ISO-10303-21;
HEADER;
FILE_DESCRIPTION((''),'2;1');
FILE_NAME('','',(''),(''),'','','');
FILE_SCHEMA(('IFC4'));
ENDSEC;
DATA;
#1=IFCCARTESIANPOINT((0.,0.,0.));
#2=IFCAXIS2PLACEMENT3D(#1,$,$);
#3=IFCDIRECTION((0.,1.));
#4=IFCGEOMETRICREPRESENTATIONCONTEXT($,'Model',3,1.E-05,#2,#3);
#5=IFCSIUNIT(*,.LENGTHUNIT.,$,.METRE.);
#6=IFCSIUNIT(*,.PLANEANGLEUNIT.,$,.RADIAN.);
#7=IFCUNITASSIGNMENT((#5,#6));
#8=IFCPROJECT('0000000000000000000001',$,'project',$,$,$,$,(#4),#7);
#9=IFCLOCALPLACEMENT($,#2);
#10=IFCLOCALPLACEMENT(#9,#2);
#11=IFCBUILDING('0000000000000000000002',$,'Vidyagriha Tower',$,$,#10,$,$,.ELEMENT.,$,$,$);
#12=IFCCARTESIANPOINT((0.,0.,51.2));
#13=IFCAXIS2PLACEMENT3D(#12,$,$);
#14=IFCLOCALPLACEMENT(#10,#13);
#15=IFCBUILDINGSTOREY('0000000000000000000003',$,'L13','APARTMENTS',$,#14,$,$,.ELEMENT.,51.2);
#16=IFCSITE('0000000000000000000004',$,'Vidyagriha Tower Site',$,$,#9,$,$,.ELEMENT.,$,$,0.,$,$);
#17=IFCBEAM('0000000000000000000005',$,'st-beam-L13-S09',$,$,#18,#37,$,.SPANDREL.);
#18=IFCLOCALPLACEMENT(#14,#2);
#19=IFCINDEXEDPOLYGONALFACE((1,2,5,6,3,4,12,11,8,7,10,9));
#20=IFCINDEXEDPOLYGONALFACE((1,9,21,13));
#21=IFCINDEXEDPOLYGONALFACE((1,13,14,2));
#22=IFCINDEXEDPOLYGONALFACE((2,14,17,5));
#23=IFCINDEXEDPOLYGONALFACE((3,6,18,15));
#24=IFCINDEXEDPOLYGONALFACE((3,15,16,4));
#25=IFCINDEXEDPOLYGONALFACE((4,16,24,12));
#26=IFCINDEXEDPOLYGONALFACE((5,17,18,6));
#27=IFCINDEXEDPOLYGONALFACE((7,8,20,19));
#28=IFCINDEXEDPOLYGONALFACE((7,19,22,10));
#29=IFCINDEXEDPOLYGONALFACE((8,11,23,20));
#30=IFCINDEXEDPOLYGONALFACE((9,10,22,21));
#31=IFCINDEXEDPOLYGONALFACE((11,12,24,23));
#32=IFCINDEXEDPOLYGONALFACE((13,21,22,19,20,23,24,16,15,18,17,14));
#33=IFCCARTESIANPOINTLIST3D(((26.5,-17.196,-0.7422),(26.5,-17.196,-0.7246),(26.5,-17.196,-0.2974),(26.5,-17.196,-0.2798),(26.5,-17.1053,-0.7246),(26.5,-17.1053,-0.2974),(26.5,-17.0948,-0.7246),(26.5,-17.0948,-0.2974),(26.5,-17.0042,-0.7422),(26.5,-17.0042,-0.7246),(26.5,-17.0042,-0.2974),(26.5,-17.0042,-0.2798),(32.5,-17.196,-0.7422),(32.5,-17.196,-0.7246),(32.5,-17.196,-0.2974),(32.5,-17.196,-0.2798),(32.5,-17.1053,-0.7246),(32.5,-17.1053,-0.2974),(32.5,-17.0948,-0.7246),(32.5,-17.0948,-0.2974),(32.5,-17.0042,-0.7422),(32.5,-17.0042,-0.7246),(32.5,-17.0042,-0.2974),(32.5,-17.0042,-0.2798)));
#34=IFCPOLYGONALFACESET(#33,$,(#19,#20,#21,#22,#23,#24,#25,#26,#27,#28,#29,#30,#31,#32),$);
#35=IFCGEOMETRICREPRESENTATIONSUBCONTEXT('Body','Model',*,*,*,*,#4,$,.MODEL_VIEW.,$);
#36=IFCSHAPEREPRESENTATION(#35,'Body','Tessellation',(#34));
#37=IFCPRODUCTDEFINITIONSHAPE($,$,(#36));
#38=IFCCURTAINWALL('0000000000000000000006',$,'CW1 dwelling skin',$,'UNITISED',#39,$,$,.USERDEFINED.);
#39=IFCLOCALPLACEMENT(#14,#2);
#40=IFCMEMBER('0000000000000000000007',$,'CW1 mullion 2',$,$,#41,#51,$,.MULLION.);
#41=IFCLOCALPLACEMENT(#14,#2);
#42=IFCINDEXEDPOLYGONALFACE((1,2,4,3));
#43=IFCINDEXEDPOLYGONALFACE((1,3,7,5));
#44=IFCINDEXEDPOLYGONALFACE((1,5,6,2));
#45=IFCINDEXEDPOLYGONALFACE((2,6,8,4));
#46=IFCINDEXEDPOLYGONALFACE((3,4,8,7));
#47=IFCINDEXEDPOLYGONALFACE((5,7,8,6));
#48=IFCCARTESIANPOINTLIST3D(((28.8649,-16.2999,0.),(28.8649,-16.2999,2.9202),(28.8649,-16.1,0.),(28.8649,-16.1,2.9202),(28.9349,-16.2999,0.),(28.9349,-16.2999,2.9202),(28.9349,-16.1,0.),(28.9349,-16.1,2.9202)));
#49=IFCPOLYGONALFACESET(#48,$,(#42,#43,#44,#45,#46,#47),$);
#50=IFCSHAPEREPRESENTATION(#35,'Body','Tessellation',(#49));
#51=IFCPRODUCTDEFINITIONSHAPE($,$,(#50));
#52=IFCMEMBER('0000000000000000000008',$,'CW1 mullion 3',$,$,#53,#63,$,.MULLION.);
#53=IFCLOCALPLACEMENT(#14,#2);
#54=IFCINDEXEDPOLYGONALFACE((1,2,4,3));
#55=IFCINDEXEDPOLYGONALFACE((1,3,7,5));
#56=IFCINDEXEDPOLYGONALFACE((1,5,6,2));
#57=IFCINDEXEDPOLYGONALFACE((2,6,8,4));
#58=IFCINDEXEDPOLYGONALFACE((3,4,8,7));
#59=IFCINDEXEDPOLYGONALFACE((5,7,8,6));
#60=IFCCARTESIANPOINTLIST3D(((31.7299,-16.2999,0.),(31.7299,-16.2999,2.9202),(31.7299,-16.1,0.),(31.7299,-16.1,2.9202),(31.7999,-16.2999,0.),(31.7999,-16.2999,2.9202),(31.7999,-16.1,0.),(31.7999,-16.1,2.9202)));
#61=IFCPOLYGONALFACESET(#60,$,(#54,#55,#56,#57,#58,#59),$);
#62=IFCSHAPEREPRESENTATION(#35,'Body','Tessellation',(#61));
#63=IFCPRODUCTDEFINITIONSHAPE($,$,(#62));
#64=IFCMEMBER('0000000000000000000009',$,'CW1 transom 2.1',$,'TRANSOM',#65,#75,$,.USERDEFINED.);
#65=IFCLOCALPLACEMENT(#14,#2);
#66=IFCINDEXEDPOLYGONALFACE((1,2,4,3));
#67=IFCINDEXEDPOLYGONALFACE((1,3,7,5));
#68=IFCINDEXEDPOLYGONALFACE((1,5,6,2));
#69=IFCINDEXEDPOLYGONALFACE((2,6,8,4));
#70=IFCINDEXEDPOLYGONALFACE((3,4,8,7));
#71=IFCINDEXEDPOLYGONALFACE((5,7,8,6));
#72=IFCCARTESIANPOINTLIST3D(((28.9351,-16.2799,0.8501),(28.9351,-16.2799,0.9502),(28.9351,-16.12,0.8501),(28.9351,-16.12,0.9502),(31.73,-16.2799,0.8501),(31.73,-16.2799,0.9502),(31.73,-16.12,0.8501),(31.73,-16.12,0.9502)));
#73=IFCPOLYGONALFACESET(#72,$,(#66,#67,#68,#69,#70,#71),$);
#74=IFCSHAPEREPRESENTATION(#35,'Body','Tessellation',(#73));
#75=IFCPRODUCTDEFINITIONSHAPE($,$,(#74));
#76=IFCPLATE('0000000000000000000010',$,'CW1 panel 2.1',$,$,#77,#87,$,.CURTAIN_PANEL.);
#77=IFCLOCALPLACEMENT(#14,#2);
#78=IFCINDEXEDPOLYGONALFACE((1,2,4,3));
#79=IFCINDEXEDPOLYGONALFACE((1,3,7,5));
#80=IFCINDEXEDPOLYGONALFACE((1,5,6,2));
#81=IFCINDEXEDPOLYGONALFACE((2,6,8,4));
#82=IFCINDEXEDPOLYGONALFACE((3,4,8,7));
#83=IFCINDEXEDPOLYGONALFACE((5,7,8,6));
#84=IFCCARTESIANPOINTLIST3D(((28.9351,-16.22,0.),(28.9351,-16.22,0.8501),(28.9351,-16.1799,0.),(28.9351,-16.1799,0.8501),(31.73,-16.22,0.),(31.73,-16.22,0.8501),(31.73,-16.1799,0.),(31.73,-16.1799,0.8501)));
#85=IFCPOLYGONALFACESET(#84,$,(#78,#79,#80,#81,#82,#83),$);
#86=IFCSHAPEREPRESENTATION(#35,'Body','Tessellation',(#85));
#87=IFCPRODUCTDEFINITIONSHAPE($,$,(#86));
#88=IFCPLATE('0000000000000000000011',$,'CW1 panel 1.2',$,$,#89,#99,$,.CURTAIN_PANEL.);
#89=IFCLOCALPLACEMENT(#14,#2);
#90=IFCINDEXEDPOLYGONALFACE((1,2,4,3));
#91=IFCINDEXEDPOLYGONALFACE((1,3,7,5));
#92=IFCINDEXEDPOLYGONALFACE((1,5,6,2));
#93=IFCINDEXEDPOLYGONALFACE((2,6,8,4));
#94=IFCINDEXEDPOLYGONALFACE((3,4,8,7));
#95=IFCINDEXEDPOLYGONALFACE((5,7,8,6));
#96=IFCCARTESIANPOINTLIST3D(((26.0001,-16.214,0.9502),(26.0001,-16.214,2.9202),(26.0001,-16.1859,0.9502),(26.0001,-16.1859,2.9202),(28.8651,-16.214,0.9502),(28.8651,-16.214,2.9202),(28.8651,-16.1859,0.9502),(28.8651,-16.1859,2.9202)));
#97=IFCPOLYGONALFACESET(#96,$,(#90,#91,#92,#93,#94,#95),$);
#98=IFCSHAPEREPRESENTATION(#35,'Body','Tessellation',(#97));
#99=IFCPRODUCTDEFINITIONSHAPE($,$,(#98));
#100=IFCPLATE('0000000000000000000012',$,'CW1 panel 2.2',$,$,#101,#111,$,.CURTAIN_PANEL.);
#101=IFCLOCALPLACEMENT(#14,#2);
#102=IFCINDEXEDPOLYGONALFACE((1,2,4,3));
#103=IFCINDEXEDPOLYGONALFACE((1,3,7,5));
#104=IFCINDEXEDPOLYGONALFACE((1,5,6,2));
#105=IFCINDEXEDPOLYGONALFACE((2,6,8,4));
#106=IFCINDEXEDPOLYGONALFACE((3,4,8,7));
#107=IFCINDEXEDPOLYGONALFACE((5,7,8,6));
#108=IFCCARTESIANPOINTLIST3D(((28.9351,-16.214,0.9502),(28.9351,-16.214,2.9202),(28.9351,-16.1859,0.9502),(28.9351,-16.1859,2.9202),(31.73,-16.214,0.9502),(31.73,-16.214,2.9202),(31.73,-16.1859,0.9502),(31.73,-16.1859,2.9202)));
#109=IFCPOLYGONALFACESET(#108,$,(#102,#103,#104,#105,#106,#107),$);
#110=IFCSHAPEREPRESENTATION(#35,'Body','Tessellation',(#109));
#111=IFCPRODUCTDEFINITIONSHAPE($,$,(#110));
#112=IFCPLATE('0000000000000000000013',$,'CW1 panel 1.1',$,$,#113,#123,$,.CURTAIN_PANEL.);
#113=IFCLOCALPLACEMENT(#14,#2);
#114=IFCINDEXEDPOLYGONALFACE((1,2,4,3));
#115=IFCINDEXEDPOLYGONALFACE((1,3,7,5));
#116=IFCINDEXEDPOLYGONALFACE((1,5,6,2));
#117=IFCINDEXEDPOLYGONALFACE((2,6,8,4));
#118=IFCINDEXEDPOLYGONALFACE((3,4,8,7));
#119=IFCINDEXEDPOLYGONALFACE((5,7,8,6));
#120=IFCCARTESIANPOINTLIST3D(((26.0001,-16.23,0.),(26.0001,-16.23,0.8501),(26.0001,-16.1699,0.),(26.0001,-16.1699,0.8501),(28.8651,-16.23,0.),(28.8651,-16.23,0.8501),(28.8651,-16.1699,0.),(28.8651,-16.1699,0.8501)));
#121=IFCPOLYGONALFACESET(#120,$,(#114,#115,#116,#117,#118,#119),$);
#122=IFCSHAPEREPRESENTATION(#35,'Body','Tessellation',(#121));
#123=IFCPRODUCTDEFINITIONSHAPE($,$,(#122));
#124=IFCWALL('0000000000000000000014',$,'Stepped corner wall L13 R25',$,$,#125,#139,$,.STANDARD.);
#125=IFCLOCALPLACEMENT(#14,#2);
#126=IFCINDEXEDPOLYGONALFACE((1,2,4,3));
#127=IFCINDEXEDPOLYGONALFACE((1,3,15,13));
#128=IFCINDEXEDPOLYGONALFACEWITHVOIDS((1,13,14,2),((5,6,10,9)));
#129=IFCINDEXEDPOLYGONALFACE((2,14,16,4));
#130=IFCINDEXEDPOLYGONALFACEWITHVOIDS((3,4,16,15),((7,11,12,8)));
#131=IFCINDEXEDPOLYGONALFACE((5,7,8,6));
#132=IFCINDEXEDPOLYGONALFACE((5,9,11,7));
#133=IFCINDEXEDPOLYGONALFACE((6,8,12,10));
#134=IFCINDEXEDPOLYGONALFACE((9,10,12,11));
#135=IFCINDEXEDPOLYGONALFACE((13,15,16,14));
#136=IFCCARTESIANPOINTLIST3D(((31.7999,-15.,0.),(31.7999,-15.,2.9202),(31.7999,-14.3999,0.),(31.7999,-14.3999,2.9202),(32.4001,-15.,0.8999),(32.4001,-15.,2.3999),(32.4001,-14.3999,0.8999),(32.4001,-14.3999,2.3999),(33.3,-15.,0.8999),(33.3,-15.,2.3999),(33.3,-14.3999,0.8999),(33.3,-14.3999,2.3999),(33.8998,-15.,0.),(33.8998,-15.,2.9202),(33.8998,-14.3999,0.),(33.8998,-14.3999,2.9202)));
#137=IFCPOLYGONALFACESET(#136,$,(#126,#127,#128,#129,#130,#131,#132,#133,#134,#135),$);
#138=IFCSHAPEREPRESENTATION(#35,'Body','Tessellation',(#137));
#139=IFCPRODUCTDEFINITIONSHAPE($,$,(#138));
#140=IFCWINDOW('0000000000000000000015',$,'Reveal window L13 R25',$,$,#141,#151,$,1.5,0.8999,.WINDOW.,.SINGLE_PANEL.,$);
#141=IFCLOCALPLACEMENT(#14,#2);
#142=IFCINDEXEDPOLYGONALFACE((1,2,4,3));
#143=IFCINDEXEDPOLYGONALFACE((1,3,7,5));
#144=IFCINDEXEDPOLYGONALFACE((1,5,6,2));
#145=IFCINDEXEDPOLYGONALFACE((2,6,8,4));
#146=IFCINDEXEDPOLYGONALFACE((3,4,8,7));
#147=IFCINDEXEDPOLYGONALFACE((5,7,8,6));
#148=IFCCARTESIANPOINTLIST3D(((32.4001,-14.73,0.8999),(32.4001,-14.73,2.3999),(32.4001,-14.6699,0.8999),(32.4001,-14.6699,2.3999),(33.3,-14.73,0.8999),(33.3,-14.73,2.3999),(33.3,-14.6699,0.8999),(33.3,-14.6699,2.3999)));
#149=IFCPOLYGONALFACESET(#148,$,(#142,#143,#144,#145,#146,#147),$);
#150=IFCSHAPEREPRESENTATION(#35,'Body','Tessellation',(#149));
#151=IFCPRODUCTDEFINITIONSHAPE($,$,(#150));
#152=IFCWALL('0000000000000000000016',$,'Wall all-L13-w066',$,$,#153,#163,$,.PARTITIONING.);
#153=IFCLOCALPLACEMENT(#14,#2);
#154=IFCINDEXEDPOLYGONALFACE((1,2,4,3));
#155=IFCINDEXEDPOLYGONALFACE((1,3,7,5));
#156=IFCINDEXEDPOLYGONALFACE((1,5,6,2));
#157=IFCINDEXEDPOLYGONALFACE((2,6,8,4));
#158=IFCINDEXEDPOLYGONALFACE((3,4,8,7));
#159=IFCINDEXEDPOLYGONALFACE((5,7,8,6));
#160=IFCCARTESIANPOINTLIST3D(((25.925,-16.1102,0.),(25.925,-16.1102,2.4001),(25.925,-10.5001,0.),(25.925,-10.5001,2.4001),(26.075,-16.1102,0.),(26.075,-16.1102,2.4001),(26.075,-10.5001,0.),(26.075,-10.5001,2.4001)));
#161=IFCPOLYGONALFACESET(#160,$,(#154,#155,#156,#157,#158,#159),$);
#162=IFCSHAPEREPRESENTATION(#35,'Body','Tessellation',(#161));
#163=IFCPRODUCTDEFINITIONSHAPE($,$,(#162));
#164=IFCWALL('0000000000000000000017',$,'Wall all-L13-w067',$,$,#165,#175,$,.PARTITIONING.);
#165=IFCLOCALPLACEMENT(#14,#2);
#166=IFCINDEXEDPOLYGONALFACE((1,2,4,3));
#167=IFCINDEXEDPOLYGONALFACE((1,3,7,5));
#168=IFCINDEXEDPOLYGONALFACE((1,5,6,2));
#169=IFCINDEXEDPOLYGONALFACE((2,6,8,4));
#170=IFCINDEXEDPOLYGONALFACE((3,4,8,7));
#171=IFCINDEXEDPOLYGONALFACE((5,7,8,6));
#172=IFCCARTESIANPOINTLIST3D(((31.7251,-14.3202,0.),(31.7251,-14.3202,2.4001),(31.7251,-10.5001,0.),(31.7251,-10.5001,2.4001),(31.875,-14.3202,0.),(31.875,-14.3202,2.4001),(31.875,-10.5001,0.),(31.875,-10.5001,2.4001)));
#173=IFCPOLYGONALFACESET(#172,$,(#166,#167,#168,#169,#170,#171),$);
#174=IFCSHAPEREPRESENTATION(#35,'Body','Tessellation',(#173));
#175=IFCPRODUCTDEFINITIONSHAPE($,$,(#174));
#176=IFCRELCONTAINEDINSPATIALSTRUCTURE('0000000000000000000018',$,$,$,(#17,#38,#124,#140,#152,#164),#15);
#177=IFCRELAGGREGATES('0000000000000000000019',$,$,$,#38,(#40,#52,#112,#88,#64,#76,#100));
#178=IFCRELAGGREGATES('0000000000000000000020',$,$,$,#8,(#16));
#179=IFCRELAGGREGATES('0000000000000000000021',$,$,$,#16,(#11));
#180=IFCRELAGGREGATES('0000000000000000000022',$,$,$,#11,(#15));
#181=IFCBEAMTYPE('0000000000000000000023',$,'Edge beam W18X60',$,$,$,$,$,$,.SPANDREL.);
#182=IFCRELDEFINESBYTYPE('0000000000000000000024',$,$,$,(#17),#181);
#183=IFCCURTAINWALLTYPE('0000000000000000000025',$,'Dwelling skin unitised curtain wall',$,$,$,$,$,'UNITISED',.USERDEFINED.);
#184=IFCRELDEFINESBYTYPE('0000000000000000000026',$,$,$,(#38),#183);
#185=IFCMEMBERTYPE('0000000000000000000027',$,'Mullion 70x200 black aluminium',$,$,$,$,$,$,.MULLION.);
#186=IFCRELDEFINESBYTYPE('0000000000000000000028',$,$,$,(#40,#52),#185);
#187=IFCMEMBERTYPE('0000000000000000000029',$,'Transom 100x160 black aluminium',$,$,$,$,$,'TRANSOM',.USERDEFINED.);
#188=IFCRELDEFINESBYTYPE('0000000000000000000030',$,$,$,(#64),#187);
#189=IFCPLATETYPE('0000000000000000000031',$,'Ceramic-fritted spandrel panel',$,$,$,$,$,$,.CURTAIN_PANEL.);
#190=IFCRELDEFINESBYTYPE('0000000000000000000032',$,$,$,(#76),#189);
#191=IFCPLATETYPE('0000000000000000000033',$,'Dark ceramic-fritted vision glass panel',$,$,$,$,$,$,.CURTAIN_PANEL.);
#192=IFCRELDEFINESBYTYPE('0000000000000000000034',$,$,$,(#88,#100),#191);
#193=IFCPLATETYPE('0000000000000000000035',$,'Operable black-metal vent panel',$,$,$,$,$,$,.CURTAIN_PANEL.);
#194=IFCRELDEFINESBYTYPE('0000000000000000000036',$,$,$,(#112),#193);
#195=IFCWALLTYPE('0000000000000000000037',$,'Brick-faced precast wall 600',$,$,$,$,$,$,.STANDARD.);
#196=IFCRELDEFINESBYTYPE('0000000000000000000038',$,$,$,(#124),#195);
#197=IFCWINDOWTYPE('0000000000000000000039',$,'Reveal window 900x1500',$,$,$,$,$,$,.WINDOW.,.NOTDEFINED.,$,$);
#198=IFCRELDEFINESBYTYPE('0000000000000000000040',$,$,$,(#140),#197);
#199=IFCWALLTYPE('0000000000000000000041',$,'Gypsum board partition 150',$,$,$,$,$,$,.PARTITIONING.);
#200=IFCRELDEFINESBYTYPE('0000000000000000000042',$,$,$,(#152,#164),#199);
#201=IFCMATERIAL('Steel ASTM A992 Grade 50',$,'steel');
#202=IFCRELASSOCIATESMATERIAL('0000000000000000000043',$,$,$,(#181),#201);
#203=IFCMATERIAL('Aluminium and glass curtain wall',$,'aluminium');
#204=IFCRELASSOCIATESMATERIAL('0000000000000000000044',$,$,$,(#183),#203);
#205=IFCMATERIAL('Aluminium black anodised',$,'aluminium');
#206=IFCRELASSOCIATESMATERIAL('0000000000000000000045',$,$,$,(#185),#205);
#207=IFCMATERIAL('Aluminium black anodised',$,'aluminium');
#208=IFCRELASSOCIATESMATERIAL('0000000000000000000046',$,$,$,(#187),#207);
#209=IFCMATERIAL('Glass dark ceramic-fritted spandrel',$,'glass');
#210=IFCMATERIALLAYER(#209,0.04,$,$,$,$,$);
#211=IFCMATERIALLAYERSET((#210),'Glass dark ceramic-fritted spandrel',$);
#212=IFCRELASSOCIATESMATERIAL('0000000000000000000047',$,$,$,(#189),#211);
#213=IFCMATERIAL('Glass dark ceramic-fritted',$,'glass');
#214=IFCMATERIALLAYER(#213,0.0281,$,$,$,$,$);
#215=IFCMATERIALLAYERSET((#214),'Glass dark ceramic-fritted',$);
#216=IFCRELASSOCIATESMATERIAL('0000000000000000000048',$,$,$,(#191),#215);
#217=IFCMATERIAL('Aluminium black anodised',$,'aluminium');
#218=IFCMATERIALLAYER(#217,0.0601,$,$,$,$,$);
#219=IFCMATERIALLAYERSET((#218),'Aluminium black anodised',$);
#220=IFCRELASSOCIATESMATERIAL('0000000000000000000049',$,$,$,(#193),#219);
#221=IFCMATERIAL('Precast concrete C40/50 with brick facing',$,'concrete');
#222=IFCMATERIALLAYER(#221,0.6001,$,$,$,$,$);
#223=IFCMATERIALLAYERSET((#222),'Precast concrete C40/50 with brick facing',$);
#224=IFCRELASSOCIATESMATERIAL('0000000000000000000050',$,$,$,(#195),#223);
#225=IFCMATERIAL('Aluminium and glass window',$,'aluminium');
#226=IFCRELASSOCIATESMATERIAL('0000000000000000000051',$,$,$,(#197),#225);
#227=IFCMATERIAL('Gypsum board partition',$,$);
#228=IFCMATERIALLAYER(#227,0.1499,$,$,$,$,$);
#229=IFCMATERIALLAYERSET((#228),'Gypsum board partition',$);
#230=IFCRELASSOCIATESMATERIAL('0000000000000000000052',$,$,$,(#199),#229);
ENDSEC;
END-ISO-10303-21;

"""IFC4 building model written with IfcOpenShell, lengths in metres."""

from ifc_helpers import new_model, si_unit, direction, frame, frame_2d, origin, origin_2d, place, context, subcontext, project, spatial, rectangle, i_section, extrude, material, layer, layer_set, material_profile, profile_set, type_object, element, fill, aggregate, save


model = new_model("IFC4")

# Units and contexts
model_context = context("Model", 3, precision=1e-05, world=origin(), true_north=direction((0.0, 1.0)))
body_context = subcontext(model_context, "Body", "Model", "MODEL_VIEW")
ifc_project = project(units=[si_unit("LENGTHUNIT", "METRE"), si_unit("PLANEANGLEUNIT", "RADIAN")], contexts=[model_context])

# Site, building, storey
site_placement = place(None, origin())
site = spatial("IfcSite", under=ifc_project, at=site_placement, Name="Vidyagriha Tower Site", CompositionType="ELEMENT", RefElevation=0.0)
building_placement = place(site_placement, origin())
building = spatial("IfcBuilding", under=site, at=building_placement, Name="Vidyagriha Tower", CompositionType="ELEMENT")
storey_placement = place(building_placement, frame((0.0, 0.0, 51.2)))
storey = spatial("IfcBuildingStorey", under=building, at=storey_placement, Name="L13", Description="APARTMENTS", CompositionType="ELEMENT", Elevation=51.2)

# Beam
ifc_material_1 = material(Name="Steel ASTM A992 Grade 50", Category="steel")
ifc_material_profile_1 = material_profile(ifc_material_1, i_section(OverallWidth=0.1919, OverallDepth=0.4624, WebThickness=0.0105, FlangeThickness=0.0176, at=origin_2d()), Name="W18X60")
ifc_profile_set_1 = profile_set([ifc_material_profile_1], Name="Steel ASTM A992 Grade 50")
beam_type = type_object("IfcBeamType", Name="Edge beam W18X60", PredefinedType="SPANDREL", material=ifc_profile_set_1)
beam_placement = place(storey_placement, frame((26.5, -17.1001, -0.511), z_axis=(1.0, 0.0, 0.0), x_axis=(0.0, 1.0, 0.0)))
element("IfcBeam", 1, at=beam_placement, inside=storey, type_object=beam_type, Name="st-beam-L13-S09", PredefinedType="SPANDREL", context=body_context, shape_type="SweptSolid", body=[
    extrude(i_section(OverallWidth=0.1919, OverallDepth=0.4624, WebThickness=0.0105, FlangeThickness=0.0176, at=origin_2d()), origin(), (0.0, 0.0, 1.0), 6.0),
])

# Curtain wall, members, plates
ifc_material_2 = material(Name="Aluminium and glass curtain wall", Category="aluminium")
curtain_wall_type = type_object("IfcCurtainWallType", Name="Dwelling skin unitised curtain wall", ElementType="UNITISED", PredefinedType="USERDEFINED", material=ifc_material_2)
curtain_wall_placement = place(storey_placement, origin())
curtain_wall = element("IfcCurtainWall", 2, at=curtain_wall_placement, inside=storey, type_object=curtain_wall_type, Name="CW1 dwelling skin", ObjectType="UNITISED", PredefinedType="USERDEFINED")
ifc_material_3 = material(Name="Aluminium black anodised", Category="aluminium")
ifc_material_profile_2 = material_profile(ifc_material_3, rectangle(XDim=0.2, YDim=0.0701, at=origin_2d()), Name="Mullion 70x200 black aluminium")
ifc_profile_set_2 = profile_set([ifc_material_profile_2], Name="Aluminium black anodised")
member_type_1 = type_object("IfcMemberType", Name="Mullion 70x200 black aluminium", PredefinedType="MULLION", material=ifc_profile_set_2)
member_1_placement = place(storey_placement, frame((28.8999, -16.2, 0.0), z_axis=(0.0, 0.0, 1.0), x_axis=(0.0, 1.0, 0.0)))
member_1 = element("IfcMember", 3, at=member_1_placement, type_object=member_type_1, Name="CW1 mullion 2", PredefinedType="MULLION", context=body_context, shape_type="SweptSolid", body=[
    extrude(rectangle(XDim=0.2, YDim=0.0701, at=origin_2d()), origin(), (0.0, 0.0, 1.0), 2.9202),
])
member_2_placement = place(storey_placement, frame((31.7649, -16.2, 0.0), z_axis=(0.0, 0.0, 1.0), x_axis=(0.0, 1.0, 0.0)))
member_2 = element("IfcMember", 4, at=member_2_placement, type_object=member_type_1, Name="CW1 mullion 3", PredefinedType="MULLION", context=body_context, shape_type="SweptSolid", body=[
    extrude(rectangle(XDim=0.2, YDim=0.0701, at=origin_2d()), origin(), (0.0, 0.0, 1.0), 2.9202),
])
ifc_material_4 = material(Name="Aluminium black anodised", Category="aluminium")
ifc_material_profile_3 = material_profile(ifc_material_4, rectangle(XDim=0.1599, YDim=0.1001, at=origin_2d()), Name="Transom 100x160 black aluminium")
ifc_profile_set_3 = profile_set([ifc_material_profile_3], Name="Aluminium black anodised")
member_type_2 = type_object("IfcMemberType", Name="Transom 100x160 black aluminium", ElementType="TRANSOM", PredefinedType="USERDEFINED", material=ifc_profile_set_3)
member_3_placement = place(storey_placement, frame((28.9351, -16.2, 0.9001), z_axis=(1.0, 0.0, 0.0), x_axis=(0.0, 1.0, 0.0)))
member_3 = element("IfcMember", 5, at=member_3_placement, type_object=member_type_2, Name="CW1 transom 2.1", ObjectType="TRANSOM", PredefinedType="USERDEFINED", context=body_context, shape_type="SweptSolid", body=[
    extrude(rectangle(XDim=0.1599, YDim=0.1001, at=origin_2d()), origin(), (0.0, 0.0, 1.0), 2.7949),
])
ifc_material_5 = material(Name="Glass dark ceramic-fritted spandrel", Category="glass")
ifc_layer_1 = layer(ifc_material_5, 0.04)
ifc_layer_set_1 = layer_set([ifc_layer_1], Name="Glass dark ceramic-fritted spandrel")
plate_type_1 = type_object("IfcPlateType", Name="Ceramic-fritted spandrel panel", PredefinedType="CURTAIN_PANEL", material=ifc_layer_set_1)
plate_1_placement = place(storey_placement, frame((30.3325, -16.2, 0.0)))
plate_1 = element("IfcPlate", 6, at=plate_1_placement, type_object=plate_type_1, Name="CW1 panel 2.1", PredefinedType="CURTAIN_PANEL", context=body_context, shape_type="SweptSolid", body=[
    extrude(rectangle(XDim=2.7949, YDim=0.04, at=origin_2d()), origin(), (0.0, 0.0, 1.0), 0.8501),
])
ifc_material_6 = material(Name="Glass dark ceramic-fritted", Category="glass")
ifc_layer_2 = layer(ifc_material_6, 0.0281)
ifc_layer_set_2 = layer_set([ifc_layer_2], Name="Glass dark ceramic-fritted")
plate_type_2 = type_object("IfcPlateType", Name="Dark ceramic-fritted vision glass panel", PredefinedType="CURTAIN_PANEL", material=ifc_layer_set_2)
plate_2_placement = place(storey_placement, frame((27.4326, -16.2, 0.9502)))
plate_2 = element("IfcPlate", 7, at=plate_2_placement, type_object=plate_type_2, Name="CW1 panel 1.2", PredefinedType="CURTAIN_PANEL", context=body_context, shape_type="SweptSolid", body=[
    extrude(rectangle(XDim=2.865, YDim=0.0281, at=origin_2d()), origin(), (0.0, 0.0, 1.0), 1.97),
])
plate_3_placement = place(storey_placement, frame((30.3325, -16.2, 0.9502)))
plate_3 = element("IfcPlate", 8, at=plate_3_placement, type_object=plate_type_2, Name="CW1 panel 2.2", PredefinedType="CURTAIN_PANEL", context=body_context, shape_type="SweptSolid", body=[
    extrude(rectangle(XDim=2.7949, YDim=0.0281, at=origin_2d()), origin(), (0.0, 0.0, 1.0), 1.97),
])
ifc_material_7 = material(Name="Aluminium black anodised", Category="aluminium")
ifc_layer_3 = layer(ifc_material_7, 0.0601)
ifc_layer_set_3 = layer_set([ifc_layer_3], Name="Aluminium black anodised")
plate_type_3 = type_object("IfcPlateType", Name="Operable black-metal vent panel", PredefinedType="CURTAIN_PANEL", material=ifc_layer_set_3)
plate_4_placement = place(storey_placement, frame((27.4326, -16.2, 0.0)))
plate_4 = element("IfcPlate", 9, at=plate_4_placement, type_object=plate_type_3, Name="CW1 panel 1.1", PredefinedType="CURTAIN_PANEL", context=body_context, shape_type="SweptSolid", body=[
    extrude(rectangle(XDim=2.865, YDim=0.0601, at=origin_2d()), origin(), (0.0, 0.0, 1.0), 0.8501),
])
aggregate(curtain_wall, [member_1, member_2, plate_4, plate_2, member_3, plate_1, plate_3])

# Wall, opening, window
ifc_material_8 = material(Name="Precast concrete C40/50 with brick facing", Category="concrete")
ifc_layer_4 = layer(ifc_material_8, 0.6001)
ifc_layer_set_4 = layer_set([ifc_layer_4], Name="Precast concrete C40/50 with brick facing")
wall_type_1 = type_object("IfcWallType", Name="Brick-faced precast wall 600", PredefinedType="STANDARD", material=ifc_layer_set_4)
wall_1_placement = place(storey_placement, frame((31.8, -14.7, 0.0)))
wall_1 = element("IfcWall", 10, at=wall_1_placement, inside=storey, type_object=wall_type_1, Name="Stepped corner wall L13 R25", PredefinedType="STANDARD", context=body_context, shape_type="SweptSolid", body=[
    extrude(rectangle(XDim=2.0999, YDim=0.6001, at=frame_2d((1.0498, 0.0))), origin(), (0.0, 0.0, 1.0), 2.9202),
])
opening_1_placement = place(wall_1_placement, frame((0.6001, 0.0, 0.8999)))
opening_1 = element("IfcOpeningElement", 11, at=opening_1_placement, cuts=wall_1, PredefinedType="OPENING", context=body_context, shape_type="SweptSolid", body=[
    extrude(rectangle(XDim=0.8999, YDim=1.5, at=frame_2d((0.45, 0.75))), frame((0.0, 0.3101, 0.0), z_axis=(0.0, -1.0, 0.0), x_axis=(1.0, 0.0, 0.0)), (0.0, 0.0, 1.0), 0.6201),
])
ifc_material_9 = material(Name="Aluminium and glass window", Category="aluminium")
window_type = type_object("IfcWindowType", Name="Reveal window 900x1500", PartitioningType="NOTDEFINED", PredefinedType="WINDOW", material=ifc_material_9)
window_placement = place(opening_1_placement, origin())
window = element("IfcWindow", 12, at=window_placement, inside=storey, type_object=window_type, Name="Reveal window L13 R25", OverallHeight=1.5, OverallWidth=0.8999, PartitioningType="SINGLE_PANEL", PredefinedType="WINDOW", context=body_context, shape_type="SweptSolid", body=[
    extrude(rectangle(XDim=0.8999, YDim=1.5, at=frame_2d((0.45, 0.75))), frame((0.0, 0.03, 0.0), z_axis=(0.0, -1.0, 0.0), x_axis=(1.0, 0.0, 0.0)), (0.0, 0.0, 1.0), 0.0601),
])
fill(opening_1, window)

# Walls
ifc_material_10 = material(Name="Gypsum board partition")
ifc_layer_5 = layer(ifc_material_10, 0.1499)
ifc_layer_set_5 = layer_set([ifc_layer_5], Name="Gypsum board partition")
wall_type_2 = type_object("IfcWallType", Name="Gypsum board partition 150", PredefinedType="PARTITIONING", material=ifc_layer_set_5)
wall_2_placement = place(storey_placement, frame((26.0, -10.5, 0.0), z_axis=(0.0, 0.0, 1.0), x_axis=(0.0, -1.0, 0.0)))
element("IfcWall", 13, at=wall_2_placement, inside=storey, type_object=wall_type_2, Name="Wall all-L13-w066", PredefinedType="PARTITIONING", context=body_context, shape_type="SweptSolid", body=[
    extrude(rectangle(XDim=5.6101, YDim=0.1499, at=frame_2d((2.8052, 0.0))), origin(), (0.0, 0.0, 1.0), 2.4001),
])
wall_3_placement = place(storey_placement, frame((31.8, -10.5, 0.0), z_axis=(0.0, 0.0, 1.0), x_axis=(0.0, -1.0, 0.0)))
element("IfcWall", 14, at=wall_3_placement, inside=storey, type_object=wall_type_2, Name="Wall all-L13-w067", PredefinedType="PARTITIONING", context=body_context, shape_type="SweptSolid", body=[
    extrude(rectangle(XDim=3.8201, YDim=0.1499, at=frame_2d((1.9102, 0.0))), origin(), (0.0, 0.0, 1.0), 2.4001),
])

save(model, "model.ifc")
